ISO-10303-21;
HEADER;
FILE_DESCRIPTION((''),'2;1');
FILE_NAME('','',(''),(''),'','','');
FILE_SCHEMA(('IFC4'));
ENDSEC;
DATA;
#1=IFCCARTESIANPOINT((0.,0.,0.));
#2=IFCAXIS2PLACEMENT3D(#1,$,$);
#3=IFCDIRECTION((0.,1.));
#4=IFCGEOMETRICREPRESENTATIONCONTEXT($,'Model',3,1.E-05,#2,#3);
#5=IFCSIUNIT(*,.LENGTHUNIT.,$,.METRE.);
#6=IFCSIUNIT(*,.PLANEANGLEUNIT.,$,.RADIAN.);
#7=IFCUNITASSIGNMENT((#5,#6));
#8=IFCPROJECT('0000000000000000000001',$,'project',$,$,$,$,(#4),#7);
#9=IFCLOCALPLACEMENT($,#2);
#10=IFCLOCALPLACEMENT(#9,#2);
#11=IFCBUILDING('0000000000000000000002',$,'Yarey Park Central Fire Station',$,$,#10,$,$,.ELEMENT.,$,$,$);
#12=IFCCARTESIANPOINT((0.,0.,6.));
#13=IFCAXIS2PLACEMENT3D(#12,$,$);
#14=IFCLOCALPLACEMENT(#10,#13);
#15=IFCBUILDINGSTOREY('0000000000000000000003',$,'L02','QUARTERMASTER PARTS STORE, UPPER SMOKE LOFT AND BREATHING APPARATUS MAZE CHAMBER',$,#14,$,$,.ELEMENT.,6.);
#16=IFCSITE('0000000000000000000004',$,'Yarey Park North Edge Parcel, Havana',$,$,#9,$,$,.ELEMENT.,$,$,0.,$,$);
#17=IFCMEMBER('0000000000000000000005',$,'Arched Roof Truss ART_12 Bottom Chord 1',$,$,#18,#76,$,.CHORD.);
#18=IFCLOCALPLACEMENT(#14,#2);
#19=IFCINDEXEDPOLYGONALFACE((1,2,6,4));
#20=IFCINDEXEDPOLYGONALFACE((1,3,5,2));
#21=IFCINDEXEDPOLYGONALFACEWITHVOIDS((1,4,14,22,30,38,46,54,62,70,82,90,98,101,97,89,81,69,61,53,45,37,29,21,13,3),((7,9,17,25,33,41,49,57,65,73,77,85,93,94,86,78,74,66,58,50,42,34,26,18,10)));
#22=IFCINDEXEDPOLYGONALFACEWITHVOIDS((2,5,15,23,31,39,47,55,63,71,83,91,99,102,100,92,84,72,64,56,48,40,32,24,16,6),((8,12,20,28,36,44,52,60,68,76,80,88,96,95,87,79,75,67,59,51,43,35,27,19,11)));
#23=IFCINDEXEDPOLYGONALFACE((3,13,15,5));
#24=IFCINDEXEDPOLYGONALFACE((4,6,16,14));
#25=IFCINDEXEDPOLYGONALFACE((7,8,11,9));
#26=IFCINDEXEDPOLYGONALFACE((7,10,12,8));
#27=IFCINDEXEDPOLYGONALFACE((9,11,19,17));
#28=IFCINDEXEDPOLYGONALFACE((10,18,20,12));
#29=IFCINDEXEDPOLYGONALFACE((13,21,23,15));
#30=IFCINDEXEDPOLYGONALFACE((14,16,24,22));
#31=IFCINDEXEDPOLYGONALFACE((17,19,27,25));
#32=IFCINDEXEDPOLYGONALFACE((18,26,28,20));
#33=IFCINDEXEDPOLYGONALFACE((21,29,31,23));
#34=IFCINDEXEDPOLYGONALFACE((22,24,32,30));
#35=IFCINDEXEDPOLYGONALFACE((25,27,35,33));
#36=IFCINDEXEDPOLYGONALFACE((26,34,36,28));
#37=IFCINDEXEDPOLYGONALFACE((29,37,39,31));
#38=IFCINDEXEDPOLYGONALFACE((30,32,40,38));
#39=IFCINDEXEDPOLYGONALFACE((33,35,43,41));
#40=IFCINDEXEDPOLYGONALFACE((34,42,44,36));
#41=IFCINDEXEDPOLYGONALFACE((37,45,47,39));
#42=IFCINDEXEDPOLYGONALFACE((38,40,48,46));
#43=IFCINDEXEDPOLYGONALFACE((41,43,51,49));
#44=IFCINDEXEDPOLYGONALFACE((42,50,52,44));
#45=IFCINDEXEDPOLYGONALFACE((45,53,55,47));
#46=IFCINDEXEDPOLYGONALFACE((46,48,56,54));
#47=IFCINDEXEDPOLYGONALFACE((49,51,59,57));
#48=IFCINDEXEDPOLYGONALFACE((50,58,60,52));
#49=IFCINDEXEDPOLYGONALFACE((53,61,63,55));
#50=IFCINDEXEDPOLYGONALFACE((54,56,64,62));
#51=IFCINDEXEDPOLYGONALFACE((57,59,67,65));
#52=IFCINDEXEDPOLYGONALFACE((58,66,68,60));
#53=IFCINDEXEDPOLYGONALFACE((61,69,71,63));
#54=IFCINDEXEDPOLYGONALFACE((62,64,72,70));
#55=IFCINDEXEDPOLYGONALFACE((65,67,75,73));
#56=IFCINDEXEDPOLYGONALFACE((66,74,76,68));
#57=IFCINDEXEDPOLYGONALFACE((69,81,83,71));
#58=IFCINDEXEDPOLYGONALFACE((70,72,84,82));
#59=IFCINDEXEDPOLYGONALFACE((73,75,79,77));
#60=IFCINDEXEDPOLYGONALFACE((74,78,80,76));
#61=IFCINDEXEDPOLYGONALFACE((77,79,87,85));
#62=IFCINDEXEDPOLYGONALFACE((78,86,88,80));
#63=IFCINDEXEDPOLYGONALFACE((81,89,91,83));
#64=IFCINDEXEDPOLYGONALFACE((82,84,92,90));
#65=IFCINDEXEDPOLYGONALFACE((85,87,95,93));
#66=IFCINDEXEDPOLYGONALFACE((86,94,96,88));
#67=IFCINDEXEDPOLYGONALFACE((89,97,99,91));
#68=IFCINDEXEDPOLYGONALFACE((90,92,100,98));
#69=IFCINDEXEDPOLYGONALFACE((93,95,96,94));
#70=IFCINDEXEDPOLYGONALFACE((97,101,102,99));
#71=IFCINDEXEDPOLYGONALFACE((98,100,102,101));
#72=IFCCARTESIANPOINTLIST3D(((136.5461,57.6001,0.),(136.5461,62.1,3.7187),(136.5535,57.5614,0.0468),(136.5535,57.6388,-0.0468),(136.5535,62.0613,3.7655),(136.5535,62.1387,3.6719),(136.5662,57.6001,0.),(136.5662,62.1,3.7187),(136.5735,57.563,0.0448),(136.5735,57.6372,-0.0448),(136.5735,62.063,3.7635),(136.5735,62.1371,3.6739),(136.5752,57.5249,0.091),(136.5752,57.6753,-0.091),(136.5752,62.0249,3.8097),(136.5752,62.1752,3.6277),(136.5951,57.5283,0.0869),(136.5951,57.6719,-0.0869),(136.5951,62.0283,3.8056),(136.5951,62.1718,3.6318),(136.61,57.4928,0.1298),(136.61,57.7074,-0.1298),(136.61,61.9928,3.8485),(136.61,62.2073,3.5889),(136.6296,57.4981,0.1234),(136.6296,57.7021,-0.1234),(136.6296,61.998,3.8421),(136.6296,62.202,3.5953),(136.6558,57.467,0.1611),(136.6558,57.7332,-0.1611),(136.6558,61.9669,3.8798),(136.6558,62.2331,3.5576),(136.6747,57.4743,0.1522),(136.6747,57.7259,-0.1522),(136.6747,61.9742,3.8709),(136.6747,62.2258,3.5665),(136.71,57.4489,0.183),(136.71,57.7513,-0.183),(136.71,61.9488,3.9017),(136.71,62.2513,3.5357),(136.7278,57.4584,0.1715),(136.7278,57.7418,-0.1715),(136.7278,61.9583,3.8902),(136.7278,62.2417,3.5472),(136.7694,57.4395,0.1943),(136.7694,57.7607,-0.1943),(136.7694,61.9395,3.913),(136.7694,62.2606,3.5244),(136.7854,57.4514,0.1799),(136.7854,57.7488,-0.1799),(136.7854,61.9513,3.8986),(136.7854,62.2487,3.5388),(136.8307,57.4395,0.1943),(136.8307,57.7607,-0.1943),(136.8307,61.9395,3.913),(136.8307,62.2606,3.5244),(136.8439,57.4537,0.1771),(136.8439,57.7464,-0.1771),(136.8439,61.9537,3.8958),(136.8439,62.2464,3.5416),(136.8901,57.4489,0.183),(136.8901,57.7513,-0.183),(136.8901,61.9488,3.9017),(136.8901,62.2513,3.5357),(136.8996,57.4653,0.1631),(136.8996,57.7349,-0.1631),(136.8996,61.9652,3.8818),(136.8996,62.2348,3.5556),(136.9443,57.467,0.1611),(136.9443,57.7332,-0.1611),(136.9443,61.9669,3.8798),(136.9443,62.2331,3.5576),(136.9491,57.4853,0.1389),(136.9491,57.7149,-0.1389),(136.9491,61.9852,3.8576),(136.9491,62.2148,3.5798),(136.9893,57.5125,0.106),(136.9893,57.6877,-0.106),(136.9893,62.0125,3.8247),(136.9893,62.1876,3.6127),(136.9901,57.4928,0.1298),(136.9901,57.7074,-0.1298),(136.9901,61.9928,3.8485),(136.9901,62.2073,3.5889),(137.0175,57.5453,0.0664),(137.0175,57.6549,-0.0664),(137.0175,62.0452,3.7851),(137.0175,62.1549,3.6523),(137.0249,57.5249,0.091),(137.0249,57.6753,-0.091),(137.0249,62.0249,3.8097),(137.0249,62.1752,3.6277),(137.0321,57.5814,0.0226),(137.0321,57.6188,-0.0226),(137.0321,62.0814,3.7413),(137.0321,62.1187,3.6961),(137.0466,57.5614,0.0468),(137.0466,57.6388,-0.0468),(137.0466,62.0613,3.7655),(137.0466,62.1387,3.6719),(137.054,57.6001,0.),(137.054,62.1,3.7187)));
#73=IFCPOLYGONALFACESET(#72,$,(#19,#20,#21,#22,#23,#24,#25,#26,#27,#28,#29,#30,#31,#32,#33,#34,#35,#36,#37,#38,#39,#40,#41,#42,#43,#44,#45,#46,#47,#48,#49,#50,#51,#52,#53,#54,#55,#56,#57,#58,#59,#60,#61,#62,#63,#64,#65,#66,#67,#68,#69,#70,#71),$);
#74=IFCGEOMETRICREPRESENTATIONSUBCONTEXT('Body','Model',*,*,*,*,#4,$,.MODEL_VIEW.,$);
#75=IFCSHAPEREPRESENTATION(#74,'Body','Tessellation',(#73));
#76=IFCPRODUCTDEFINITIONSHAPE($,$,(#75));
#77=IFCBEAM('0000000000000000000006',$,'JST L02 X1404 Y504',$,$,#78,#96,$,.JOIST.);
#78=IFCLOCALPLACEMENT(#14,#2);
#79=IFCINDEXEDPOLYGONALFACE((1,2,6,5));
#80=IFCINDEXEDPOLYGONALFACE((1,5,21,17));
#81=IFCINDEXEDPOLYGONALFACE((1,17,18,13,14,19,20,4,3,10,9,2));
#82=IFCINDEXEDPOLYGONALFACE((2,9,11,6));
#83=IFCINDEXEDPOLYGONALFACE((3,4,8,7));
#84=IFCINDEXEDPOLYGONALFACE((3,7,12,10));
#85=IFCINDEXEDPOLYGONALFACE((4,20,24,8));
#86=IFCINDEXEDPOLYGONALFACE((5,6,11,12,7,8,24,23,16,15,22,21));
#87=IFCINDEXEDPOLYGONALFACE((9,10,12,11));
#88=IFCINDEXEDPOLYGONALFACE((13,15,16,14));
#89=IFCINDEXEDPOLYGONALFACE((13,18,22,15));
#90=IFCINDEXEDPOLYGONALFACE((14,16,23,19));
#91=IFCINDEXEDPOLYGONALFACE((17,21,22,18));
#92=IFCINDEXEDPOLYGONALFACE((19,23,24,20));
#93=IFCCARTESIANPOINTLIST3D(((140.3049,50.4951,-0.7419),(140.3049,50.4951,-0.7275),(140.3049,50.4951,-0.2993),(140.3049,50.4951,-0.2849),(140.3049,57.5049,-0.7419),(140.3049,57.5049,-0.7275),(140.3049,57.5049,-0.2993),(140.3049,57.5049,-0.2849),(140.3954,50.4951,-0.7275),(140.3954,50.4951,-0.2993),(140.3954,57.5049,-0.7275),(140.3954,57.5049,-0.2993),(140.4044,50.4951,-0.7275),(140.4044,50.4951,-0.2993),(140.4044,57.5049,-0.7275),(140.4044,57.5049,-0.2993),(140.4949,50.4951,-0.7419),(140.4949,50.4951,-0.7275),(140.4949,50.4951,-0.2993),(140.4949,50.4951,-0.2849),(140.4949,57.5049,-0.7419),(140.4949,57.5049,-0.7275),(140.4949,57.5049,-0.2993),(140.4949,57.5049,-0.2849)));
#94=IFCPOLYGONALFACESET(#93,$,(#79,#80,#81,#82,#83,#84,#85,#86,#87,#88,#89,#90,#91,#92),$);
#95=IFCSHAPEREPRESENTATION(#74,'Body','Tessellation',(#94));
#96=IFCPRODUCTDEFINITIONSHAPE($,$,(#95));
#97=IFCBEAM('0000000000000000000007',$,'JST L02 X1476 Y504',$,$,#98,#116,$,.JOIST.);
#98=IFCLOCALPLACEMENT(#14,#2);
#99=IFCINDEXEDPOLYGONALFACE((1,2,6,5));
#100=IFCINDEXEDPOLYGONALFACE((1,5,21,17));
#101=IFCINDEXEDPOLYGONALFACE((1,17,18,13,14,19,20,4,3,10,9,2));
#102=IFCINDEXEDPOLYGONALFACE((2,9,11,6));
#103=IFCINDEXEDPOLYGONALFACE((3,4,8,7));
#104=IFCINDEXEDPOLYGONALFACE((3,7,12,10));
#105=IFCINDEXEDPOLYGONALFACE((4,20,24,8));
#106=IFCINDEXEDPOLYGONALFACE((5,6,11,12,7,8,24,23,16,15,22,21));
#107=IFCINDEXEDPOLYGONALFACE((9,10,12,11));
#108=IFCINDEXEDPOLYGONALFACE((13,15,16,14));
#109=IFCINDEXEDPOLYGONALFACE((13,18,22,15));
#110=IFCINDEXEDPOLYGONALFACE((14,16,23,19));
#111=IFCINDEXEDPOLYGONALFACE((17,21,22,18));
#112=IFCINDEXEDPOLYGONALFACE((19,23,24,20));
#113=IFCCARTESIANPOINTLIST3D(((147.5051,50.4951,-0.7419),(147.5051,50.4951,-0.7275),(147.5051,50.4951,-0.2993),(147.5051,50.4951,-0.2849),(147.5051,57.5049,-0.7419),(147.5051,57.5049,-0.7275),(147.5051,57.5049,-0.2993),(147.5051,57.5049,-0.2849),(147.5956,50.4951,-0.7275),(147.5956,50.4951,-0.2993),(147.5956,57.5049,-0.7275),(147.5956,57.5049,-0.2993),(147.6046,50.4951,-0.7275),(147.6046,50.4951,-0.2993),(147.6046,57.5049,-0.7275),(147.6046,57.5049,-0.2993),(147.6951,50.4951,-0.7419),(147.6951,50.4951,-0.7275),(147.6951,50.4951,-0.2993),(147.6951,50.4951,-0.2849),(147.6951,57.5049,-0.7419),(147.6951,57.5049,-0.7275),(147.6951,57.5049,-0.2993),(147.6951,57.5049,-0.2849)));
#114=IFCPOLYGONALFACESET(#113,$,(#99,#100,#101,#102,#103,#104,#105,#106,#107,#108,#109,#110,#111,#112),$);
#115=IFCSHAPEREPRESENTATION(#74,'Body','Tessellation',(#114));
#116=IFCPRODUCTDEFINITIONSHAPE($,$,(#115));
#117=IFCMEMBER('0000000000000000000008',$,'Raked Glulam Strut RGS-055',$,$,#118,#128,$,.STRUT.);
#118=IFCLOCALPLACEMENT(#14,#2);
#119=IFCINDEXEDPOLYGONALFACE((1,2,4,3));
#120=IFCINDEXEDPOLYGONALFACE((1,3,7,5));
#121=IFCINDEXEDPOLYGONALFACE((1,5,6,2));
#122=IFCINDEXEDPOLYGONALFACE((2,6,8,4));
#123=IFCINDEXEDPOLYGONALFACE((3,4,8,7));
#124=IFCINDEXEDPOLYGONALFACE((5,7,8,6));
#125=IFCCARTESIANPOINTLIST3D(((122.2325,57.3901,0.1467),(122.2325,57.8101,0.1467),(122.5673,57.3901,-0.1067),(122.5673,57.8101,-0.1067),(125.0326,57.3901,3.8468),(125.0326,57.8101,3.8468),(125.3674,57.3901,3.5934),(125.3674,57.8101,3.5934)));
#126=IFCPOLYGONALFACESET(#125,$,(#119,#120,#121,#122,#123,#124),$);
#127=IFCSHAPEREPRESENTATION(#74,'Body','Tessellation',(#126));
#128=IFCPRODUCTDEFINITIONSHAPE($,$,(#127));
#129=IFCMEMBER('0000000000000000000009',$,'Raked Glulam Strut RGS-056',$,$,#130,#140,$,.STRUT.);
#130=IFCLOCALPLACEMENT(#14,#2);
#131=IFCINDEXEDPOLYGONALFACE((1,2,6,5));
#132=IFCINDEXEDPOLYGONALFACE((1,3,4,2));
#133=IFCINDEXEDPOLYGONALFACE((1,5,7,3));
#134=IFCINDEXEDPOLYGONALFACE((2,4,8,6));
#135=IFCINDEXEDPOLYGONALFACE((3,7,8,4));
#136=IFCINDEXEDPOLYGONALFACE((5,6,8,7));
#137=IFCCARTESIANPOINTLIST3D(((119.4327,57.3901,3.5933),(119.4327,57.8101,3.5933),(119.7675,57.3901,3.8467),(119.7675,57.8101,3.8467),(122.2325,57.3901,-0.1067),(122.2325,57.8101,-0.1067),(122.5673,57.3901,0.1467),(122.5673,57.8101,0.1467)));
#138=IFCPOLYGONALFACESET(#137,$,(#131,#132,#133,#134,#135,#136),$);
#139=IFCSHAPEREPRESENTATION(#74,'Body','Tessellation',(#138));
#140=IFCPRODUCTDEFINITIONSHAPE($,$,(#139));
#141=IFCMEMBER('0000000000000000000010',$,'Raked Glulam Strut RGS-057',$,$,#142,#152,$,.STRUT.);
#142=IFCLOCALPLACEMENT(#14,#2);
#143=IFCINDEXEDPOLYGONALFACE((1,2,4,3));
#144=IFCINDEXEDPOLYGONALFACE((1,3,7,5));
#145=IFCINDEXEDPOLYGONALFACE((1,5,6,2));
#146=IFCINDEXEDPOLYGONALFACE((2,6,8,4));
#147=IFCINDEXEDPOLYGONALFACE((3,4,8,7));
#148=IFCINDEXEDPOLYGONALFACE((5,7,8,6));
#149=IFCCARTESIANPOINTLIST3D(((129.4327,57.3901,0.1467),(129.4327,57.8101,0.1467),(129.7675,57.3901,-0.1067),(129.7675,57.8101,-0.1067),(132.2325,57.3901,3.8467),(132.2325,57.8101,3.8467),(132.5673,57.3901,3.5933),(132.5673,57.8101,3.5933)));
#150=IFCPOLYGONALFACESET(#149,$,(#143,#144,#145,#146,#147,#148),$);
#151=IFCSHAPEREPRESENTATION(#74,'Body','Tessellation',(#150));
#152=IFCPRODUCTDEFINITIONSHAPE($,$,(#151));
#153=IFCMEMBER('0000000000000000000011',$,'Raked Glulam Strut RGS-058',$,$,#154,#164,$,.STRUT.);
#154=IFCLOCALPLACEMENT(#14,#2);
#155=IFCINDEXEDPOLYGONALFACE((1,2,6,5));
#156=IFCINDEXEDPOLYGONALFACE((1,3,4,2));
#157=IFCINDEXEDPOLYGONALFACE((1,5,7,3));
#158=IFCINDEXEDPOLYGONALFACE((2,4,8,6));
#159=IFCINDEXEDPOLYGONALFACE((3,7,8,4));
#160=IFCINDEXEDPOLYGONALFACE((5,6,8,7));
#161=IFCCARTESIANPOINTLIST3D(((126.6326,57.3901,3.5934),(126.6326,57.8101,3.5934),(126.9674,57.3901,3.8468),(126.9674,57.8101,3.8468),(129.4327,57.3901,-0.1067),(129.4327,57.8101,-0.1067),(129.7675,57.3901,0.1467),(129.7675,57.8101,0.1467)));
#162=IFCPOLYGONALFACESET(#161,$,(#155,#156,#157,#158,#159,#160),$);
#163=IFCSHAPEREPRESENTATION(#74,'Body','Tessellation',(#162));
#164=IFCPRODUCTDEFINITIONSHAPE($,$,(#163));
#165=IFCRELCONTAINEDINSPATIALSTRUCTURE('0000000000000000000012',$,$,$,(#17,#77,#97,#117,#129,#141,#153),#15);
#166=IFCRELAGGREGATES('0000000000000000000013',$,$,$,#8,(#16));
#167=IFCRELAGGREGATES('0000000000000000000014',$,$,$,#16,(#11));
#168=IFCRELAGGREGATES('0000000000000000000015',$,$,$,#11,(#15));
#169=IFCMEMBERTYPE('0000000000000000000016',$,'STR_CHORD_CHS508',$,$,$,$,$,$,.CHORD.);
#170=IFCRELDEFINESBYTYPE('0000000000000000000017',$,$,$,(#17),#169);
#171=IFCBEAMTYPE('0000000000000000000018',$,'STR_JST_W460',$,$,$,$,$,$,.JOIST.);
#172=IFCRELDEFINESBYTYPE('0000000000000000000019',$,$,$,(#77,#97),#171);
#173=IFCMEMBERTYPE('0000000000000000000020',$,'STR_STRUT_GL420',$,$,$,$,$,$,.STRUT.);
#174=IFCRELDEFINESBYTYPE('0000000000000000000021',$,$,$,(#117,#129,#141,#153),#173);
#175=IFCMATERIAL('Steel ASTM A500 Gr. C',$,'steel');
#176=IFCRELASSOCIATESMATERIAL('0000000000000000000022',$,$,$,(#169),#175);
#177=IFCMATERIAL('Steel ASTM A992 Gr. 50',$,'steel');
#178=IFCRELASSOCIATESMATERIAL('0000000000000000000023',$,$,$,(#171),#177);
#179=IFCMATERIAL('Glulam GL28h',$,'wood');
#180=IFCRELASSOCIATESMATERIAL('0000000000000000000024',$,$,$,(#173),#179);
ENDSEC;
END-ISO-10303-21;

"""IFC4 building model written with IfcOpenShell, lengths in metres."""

from ifc_helpers import new_model, si_unit, direction, frame, origin, origin_2d, place, context, subcontext, project, spatial, rectangle, hollow_circle, i_section, extrude, material, material_profile, profile_set, type_object, element, save


model = new_model("IFC4")

# Units and contexts
model_context = context("Model", 3, precision=1e-05, world=origin(), true_north=direction((0.0, 1.0)))
body_context = subcontext(model_context, "Body", "Model", "MODEL_VIEW")
ifc_project = project(units=[si_unit("LENGTHUNIT", "METRE"), si_unit("PLANEANGLEUNIT", "RADIAN")], contexts=[model_context])

# Site, building, storey
site_placement = place(None, origin())
site = spatial("IfcSite", under=ifc_project, at=site_placement, Name="Yarey Park North Edge Parcel, Havana", CompositionType="ELEMENT", RefElevation=0.0)
building_placement = place(site_placement, origin())
building = spatial("IfcBuilding", under=site, at=building_placement, Name="Yarey Park Central Fire Station", CompositionType="ELEMENT")
storey_placement = place(building_placement, frame((0.0, 0.0, 6.0)))
storey = spatial("IfcBuildingStorey", under=building, at=storey_placement, Name="L02", Description="QUARTERMASTER PARTS STORE, UPPER SMOKE LOFT AND BREATHING APPARATUS MAZE CHAMBER", CompositionType="ELEMENT", Elevation=6.0)

# Shared definitions
ifc_material_1 = material(Name="Steel ASTM A992 Gr. 50", Category="steel")

# Member
ifc_material_2 = material(Name="Steel ASTM A500 Gr. C", Category="steel")
ifc_material_profile_1 = material_profile(ifc_material_2, hollow_circle(Radius=0.2539, WallThickness=0.02, at=origin_2d()), Name="CHS 508x20")
ifc_profile_set_1 = profile_set([ifc_material_profile_1], Name="Steel ASTM A500 Gr. C")
member_type_1 = type_object("IfcMemberType", Name="STR_CHORD_CHS508", PredefinedType="CHORD", material=ifc_profile_set_1)
for number, where, z_axis, x_axis, name in (
    (1, (136.8, 57.6001, 0.0), (0.0, 0.770847, 0.63702), (-1.0, 0.0, 0.0), "Arched Roof Truss ART_12 Bottom Chord 1"),
):
    element("IfcMember", number, at=place(storey_placement, frame(where, z_axis=z_axis, x_axis=x_axis)), inside=storey, type_object=member_type_1, Name=name, PredefinedType="CHORD", context=body_context, shape_type="SweptSolid", body=[
        extrude(hollow_circle(Radius=0.2539, WallThickness=0.02, at=origin_2d()), origin(), (0.0, 0.0, 1.0), 5.8376),
    ])

# Beams
ifc_material_profile_2 = material_profile(ifc_material_1, i_section(OverallWidth=0.1899, OverallDepth=0.457, WebThickness=0.009, FlangeThickness=0.0144, at=origin_2d()), Name="W460x74")
ifc_profile_set_2 = profile_set([ifc_material_profile_2], Name="Steel ASTM A992 Gr. 50")
beam_type_1 = type_object("IfcBeamType", Name="STR_JST_W460", PredefinedType="JOIST", material=ifc_profile_set_2)
for number, where, z_axis, x_axis, name in (
    (2, (140.3999, 50.4951, -0.5134), (0.0, 1.0, 0.0), (-1.0, 0.0, 0.0), "JST L02 X1404 Y504"),
    (3, (147.6001, 50.4951, -0.5134), (0.0, 1.0, 0.0), (-1.0, 0.0, 0.0), "JST L02 X1476 Y504"),
):
    element("IfcBeam", number, at=place(storey_placement, frame(where, z_axis=z_axis, x_axis=x_axis)), inside=storey, type_object=beam_type_1, Name=name, PredefinedType="JOIST", context=body_context, shape_type="SweptSolid", body=[
        extrude(i_section(OverallWidth=0.1899, OverallDepth=0.457, WebThickness=0.009, FlangeThickness=0.0144, at=origin_2d()), origin(), (0.0, 0.0, 1.0), 7.0098),
    ])

# Members
ifc_material_3 = material(Name="Glulam GL28h", Category="wood")
ifc_material_profile_3 = material_profile(ifc_material_3, rectangle(XDim=0.4199, YDim=0.4199, at=origin_2d()), Name="GL 420x420")
ifc_profile_set_3 = profile_set([ifc_material_profile_3], Name="Glulam GL28h")
member_type_2 = type_object("IfcMemberType", Name="STR_STRUT_GL420", PredefinedType="STRUT", material=ifc_profile_set_3)
member_1_placement = place(storey_placement, frame((122.3999, 57.6001, 0.02), z_axis=(0.603454, 0.0, 0.797397), x_axis=(0.0, 1.0, 0.0)))
element("IfcMember", 4, at=member_1_placement, inside=storey, type_object=member_type_2, Name="Raked Glulam Strut RGS-055", PredefinedType="STRUT", context=body_context, shape_type="SweptSolid", body=[
    extrude(rectangle(XDim=0.4199, YDim=0.4199, at=origin_2d()), origin(), (0.0, 0.0, 1.0), 4.6401),
])
for number, where, z_axis, x_axis, name in (
    (5, (122.3999, 57.6001, 0.02), (-0.603421, 0.0, 0.797423), (0.0, -1.0, 0.0), "Raked Glulam Strut RGS-056"),
    (6, (129.6001, 57.6001, 0.02), (0.603421, 0.0, 0.797423), (0.0, 1.0, 0.0), "Raked Glulam Strut RGS-057"),
):
    element("IfcMember", number, at=place(storey_placement, frame(where, z_axis=z_axis, x_axis=x_axis)), inside=storey, type_object=member_type_2, Name=name, PredefinedType="STRUT", context=body_context, shape_type="SweptSolid", body=[
        extrude(rectangle(XDim=0.4199, YDim=0.4199, at=origin_2d()), origin(), (0.0, 0.0, 1.0), 4.6399),
    ])
member_2_placement = place(storey_placement, frame((129.6001, 57.6001, 0.02), z_axis=(-0.603454, 0.0, 0.797397), x_axis=(0.0, -1.0, 0.0)))
element("IfcMember", 7, at=member_2_placement, inside=storey, type_object=member_type_2, Name="Raked Glulam Strut RGS-058", PredefinedType="STRUT", context=body_context, shape_type="SweptSolid", body=[
    extrude(rectangle(XDim=0.4199, YDim=0.4199, at=origin_2d()), origin(), (0.0, 0.0, 1.0), 4.6401),
])

save(model, "model.ifc")
